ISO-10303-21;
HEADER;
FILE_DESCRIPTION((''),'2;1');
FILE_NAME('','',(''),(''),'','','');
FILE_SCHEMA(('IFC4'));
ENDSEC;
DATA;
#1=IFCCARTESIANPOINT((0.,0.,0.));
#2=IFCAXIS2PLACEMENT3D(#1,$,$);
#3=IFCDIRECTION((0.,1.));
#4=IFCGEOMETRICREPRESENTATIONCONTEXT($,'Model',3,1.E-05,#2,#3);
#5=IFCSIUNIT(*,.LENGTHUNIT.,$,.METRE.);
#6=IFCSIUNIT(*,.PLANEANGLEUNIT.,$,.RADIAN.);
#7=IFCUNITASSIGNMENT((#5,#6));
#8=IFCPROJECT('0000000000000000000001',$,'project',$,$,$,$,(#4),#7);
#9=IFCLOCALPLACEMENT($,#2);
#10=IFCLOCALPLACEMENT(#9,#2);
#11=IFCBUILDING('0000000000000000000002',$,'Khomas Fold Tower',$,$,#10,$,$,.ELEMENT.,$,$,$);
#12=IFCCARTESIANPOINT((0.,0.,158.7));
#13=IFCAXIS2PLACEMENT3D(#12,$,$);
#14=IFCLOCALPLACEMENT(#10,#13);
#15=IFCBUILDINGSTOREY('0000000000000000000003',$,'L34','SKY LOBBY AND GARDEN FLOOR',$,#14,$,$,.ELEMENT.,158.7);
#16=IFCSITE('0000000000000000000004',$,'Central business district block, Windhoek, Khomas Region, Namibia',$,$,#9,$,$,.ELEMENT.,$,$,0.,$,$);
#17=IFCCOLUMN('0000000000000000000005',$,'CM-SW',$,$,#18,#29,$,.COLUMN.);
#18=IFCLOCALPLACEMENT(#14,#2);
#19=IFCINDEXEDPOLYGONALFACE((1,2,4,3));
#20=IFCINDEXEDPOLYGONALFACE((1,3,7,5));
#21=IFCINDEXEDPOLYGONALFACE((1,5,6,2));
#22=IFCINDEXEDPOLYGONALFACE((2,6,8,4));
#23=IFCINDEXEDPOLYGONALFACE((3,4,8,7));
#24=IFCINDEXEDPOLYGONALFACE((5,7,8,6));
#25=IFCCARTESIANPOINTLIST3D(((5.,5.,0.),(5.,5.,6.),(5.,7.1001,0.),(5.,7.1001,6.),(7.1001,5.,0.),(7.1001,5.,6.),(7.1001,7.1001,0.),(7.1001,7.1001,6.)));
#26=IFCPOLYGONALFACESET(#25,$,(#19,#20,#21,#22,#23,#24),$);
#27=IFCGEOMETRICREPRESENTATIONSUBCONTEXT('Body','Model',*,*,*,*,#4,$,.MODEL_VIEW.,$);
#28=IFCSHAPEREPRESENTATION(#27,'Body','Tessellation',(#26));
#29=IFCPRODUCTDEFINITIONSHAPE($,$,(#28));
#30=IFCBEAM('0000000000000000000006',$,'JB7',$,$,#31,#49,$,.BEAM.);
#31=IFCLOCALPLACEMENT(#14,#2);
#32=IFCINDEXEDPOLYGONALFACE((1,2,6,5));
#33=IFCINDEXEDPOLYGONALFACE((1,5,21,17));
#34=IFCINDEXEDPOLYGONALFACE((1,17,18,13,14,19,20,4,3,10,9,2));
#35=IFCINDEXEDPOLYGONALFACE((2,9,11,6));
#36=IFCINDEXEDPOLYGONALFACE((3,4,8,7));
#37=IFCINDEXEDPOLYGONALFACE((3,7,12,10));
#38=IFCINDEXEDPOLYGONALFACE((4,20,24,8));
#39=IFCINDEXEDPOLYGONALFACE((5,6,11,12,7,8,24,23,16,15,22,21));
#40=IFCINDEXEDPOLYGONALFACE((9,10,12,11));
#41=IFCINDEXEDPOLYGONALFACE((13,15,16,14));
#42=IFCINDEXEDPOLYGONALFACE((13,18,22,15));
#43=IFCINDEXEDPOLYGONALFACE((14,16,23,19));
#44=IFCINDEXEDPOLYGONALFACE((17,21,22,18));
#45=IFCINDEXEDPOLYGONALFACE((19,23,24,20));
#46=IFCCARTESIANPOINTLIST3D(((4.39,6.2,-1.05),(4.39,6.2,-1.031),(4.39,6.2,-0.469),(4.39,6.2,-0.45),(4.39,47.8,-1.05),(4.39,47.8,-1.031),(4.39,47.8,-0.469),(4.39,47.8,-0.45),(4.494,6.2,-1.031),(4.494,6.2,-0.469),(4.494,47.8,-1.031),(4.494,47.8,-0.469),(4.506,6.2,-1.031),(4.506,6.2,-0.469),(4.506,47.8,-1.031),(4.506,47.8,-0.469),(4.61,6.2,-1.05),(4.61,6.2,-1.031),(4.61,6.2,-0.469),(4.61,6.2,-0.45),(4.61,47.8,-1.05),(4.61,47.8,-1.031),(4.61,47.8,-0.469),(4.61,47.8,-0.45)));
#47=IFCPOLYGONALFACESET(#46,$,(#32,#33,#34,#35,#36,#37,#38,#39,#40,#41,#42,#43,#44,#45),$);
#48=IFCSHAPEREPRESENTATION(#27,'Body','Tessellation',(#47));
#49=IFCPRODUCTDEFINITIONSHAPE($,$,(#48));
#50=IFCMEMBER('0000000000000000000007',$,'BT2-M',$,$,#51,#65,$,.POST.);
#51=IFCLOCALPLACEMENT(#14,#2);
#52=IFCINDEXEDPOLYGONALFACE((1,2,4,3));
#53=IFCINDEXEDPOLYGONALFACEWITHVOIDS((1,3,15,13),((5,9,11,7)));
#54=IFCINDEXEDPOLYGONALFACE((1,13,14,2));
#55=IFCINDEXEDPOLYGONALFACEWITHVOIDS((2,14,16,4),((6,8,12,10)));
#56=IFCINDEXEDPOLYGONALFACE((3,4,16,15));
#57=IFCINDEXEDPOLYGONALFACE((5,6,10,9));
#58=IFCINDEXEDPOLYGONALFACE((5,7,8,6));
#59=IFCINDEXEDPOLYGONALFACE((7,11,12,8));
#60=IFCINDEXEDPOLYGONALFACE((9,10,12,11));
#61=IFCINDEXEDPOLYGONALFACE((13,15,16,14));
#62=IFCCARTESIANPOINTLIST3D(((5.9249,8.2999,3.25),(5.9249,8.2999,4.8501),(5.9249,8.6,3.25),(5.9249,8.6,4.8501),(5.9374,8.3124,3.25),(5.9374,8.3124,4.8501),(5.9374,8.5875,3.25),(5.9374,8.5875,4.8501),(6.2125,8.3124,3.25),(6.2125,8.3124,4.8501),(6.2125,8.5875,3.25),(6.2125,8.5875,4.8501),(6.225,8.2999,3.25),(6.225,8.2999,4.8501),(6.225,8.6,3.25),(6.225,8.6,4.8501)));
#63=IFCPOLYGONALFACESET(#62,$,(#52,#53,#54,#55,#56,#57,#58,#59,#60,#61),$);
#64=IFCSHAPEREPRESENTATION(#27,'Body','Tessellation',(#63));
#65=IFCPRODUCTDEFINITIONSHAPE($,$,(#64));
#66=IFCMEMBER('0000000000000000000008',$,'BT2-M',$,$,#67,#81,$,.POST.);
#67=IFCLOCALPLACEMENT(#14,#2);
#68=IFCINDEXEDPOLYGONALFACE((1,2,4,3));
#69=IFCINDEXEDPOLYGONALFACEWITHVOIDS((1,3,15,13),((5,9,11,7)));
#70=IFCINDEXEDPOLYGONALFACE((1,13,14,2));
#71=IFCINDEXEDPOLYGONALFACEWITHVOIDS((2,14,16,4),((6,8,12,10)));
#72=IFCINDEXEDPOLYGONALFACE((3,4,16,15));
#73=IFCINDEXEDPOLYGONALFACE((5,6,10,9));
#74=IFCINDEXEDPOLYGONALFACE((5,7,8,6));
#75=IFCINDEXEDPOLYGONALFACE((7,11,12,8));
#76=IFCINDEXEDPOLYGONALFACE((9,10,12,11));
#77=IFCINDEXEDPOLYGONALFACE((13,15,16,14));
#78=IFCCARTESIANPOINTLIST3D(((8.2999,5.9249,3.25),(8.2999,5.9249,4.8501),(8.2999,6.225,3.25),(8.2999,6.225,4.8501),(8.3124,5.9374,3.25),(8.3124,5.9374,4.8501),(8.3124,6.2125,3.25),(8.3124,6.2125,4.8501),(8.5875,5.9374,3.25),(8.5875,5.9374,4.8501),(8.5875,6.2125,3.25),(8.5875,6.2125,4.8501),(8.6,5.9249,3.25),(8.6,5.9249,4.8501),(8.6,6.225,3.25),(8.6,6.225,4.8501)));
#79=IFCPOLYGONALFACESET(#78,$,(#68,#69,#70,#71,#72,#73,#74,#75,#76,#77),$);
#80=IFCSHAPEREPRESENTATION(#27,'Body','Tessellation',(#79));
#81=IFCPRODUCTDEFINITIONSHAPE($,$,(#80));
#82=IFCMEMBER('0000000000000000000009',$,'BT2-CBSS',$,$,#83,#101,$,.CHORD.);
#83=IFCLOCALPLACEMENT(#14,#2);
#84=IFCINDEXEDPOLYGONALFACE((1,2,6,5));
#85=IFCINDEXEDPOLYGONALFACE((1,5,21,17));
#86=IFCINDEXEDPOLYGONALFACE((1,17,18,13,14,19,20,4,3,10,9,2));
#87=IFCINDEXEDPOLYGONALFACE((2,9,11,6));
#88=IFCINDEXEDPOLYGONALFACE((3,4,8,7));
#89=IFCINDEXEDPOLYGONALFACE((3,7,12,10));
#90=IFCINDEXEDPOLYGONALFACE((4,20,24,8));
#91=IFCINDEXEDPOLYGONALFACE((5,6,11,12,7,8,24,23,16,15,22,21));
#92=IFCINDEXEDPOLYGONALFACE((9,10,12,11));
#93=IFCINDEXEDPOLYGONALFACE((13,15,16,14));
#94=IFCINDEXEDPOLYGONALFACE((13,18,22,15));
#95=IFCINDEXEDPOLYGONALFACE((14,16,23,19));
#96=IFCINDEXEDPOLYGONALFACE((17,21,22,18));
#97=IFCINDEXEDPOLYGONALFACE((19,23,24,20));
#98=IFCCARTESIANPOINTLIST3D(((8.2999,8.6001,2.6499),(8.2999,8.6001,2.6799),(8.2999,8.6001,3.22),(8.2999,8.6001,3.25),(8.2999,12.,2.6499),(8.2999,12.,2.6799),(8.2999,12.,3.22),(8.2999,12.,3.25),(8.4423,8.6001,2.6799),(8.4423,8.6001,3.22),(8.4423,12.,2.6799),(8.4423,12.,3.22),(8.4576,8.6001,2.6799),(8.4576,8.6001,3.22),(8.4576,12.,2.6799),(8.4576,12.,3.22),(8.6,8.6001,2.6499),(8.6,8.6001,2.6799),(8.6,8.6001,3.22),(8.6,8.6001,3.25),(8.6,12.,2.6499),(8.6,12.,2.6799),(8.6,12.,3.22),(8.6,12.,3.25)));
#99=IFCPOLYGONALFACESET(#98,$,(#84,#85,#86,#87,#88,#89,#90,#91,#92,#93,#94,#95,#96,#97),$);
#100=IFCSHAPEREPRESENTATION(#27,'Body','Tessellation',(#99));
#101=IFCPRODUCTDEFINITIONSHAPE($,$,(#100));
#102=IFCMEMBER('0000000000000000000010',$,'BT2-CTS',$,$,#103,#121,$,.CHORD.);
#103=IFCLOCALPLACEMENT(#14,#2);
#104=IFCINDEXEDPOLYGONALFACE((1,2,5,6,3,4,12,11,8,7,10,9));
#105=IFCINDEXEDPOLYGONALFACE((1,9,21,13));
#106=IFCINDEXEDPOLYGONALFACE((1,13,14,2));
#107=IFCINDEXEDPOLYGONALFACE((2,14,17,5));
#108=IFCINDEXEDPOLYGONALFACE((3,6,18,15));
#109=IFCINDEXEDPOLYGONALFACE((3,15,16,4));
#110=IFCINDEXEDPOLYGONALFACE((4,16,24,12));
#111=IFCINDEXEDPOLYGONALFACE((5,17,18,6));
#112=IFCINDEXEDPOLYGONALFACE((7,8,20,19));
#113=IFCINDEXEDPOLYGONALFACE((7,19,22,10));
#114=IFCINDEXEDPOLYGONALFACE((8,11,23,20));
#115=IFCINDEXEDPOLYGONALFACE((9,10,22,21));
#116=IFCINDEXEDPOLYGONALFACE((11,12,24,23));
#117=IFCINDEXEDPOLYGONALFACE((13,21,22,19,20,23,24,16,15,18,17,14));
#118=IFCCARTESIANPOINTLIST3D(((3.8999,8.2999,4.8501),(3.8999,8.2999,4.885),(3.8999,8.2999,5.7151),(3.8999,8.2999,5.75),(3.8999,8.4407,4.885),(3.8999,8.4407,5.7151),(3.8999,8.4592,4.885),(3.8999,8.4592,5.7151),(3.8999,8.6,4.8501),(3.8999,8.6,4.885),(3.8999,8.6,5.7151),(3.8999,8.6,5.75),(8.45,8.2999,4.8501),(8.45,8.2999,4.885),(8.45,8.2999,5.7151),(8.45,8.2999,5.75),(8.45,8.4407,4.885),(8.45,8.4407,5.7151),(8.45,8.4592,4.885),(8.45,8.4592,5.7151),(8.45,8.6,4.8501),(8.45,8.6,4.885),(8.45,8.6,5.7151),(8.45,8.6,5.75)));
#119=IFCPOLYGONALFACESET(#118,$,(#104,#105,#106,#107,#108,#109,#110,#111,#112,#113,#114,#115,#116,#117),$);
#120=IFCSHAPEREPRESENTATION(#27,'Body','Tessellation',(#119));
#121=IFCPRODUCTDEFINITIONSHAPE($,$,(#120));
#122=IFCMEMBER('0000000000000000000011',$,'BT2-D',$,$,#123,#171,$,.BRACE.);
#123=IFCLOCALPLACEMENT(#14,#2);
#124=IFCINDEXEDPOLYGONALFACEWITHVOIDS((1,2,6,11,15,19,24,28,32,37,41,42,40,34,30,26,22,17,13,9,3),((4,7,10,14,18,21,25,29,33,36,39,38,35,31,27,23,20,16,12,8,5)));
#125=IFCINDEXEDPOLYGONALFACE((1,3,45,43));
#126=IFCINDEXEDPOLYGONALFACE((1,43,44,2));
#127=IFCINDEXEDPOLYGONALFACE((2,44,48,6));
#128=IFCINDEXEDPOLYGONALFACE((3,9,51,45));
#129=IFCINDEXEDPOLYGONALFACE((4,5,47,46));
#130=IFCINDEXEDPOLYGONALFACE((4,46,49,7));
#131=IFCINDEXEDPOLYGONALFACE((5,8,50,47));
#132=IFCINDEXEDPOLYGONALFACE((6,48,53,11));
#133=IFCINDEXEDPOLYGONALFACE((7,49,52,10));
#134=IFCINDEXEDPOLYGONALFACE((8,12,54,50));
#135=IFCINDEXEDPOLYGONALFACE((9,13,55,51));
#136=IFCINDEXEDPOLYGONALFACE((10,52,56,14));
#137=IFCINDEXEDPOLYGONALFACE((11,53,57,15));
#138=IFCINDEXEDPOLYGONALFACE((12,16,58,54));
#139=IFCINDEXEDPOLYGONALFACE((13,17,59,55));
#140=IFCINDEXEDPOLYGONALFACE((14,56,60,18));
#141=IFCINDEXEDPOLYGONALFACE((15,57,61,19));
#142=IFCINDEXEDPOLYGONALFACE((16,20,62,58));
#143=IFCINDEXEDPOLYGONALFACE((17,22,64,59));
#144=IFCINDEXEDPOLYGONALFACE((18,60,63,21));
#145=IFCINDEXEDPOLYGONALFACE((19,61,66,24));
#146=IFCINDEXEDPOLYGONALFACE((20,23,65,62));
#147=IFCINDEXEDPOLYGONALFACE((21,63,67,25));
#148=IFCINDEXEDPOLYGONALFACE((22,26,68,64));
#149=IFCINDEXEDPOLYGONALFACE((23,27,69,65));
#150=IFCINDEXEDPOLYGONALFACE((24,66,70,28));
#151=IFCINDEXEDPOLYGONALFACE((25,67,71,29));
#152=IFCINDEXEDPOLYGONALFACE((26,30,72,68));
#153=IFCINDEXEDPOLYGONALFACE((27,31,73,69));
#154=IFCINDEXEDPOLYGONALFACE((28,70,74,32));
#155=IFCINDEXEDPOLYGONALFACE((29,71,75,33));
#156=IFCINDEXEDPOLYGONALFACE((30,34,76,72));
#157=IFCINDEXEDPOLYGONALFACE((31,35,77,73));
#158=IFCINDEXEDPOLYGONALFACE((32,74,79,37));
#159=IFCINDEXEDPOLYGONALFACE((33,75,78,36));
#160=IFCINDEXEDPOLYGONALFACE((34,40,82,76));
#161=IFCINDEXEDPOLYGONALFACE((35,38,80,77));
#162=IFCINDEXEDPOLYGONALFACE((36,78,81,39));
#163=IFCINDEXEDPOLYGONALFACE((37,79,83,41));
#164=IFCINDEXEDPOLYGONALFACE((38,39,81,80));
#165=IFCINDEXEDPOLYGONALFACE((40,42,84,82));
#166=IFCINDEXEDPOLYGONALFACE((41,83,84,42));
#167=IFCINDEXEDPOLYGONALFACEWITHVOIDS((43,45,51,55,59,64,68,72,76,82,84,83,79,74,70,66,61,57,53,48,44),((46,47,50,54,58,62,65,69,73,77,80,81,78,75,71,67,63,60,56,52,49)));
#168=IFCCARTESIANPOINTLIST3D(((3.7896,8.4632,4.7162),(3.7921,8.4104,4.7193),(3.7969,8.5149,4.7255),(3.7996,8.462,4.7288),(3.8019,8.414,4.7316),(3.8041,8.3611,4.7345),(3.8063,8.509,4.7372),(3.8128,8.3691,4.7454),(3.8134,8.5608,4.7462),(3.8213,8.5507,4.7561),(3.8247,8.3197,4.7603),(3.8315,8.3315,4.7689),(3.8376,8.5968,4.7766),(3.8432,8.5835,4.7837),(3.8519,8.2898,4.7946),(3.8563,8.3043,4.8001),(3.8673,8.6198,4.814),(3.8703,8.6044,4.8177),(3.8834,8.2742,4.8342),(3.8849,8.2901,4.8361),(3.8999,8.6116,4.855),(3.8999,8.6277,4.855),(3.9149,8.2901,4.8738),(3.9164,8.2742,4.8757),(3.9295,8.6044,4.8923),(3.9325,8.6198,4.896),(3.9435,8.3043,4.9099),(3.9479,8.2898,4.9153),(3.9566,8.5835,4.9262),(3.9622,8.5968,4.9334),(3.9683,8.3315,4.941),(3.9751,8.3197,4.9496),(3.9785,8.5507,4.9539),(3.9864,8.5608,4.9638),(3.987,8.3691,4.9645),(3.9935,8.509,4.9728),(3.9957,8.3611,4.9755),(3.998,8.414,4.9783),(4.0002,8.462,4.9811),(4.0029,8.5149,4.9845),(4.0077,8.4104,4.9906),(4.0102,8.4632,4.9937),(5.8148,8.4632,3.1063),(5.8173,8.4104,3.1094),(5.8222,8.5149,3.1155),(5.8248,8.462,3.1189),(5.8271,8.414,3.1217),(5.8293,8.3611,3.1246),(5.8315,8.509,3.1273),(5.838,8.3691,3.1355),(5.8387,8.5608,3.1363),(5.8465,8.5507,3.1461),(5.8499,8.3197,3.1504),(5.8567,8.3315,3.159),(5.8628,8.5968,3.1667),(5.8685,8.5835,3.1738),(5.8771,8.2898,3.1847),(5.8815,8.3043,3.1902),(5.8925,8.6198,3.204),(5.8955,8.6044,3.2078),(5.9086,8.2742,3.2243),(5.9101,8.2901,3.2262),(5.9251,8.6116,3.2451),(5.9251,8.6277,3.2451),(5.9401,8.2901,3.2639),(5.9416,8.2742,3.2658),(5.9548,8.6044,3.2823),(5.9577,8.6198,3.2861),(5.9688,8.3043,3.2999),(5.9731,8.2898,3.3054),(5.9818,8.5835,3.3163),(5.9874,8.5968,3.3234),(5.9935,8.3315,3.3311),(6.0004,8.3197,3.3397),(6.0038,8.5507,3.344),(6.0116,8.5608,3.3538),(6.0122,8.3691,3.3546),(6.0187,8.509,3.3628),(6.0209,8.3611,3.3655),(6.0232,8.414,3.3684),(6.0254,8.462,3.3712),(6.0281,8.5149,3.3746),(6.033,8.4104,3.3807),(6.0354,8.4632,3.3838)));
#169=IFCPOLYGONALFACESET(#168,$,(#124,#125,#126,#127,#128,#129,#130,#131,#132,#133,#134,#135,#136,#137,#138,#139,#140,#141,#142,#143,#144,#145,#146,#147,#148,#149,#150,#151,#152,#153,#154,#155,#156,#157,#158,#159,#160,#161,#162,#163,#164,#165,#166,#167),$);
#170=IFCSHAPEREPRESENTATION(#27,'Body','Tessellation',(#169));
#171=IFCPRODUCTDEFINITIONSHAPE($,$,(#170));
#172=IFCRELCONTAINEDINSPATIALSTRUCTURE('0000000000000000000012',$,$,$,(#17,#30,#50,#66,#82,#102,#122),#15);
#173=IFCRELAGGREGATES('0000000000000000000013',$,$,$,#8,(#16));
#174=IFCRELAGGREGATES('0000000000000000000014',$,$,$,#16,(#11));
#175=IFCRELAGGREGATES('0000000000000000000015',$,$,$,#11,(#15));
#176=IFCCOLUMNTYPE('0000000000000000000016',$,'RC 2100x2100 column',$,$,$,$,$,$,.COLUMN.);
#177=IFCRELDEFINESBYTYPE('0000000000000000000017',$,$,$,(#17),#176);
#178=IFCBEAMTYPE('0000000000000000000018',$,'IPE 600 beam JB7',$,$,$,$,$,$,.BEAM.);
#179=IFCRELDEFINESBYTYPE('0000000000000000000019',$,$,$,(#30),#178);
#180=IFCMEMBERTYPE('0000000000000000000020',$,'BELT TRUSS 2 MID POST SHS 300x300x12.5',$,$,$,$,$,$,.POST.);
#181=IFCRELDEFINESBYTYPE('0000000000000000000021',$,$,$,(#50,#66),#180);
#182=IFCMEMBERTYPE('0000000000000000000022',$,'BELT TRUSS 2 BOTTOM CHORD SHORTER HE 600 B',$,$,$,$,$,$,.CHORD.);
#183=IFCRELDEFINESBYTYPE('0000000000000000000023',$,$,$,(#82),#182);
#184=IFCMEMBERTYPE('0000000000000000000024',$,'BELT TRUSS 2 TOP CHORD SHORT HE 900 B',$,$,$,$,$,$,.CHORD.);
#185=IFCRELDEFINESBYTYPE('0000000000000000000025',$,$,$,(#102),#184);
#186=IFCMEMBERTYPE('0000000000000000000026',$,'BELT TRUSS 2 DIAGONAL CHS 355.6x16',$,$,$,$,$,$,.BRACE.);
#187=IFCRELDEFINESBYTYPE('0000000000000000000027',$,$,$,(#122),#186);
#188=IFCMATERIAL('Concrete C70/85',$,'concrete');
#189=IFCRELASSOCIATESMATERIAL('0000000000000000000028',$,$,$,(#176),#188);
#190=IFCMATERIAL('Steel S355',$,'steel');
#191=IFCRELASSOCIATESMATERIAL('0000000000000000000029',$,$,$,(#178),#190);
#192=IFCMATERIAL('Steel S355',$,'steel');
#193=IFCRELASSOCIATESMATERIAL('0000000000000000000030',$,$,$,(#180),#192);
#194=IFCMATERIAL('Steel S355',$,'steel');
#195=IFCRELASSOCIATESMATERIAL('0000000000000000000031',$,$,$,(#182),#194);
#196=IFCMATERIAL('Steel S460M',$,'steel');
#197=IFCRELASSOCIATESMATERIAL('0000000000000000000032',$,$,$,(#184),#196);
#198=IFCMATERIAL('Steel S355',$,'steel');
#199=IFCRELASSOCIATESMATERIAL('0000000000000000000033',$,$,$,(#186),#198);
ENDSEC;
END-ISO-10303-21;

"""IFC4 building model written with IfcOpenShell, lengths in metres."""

from ifc_helpers import new_model, si_unit, direction, frame, origin, origin_2d, place, context, subcontext, project, spatial, rectangle, hollow_rectangle, hollow_circle, i_section, extrude, source, transform, mapped, material, material_profile, profile_set, type_object, element, save


model = new_model("IFC4")

# Units and contexts
model_context = context("Model", 3, precision=1e-05, world=origin(), true_north=direction((0.0, 1.0)))
body_context = subcontext(model_context, "Body", "Model", "MODEL_VIEW")
ifc_project = project(units=[si_unit("LENGTHUNIT", "METRE"), si_unit("PLANEANGLEUNIT", "RADIAN")], contexts=[model_context])

# Site, building, storey
site_placement = place(None, origin())
site = spatial("IfcSite", under=ifc_project, at=site_placement, Name="Central business district block, Windhoek, Khomas Region, Namibia", CompositionType="ELEMENT", RefElevation=0.0)
building_placement = place(site_placement, origin())
building = spatial("IfcBuilding", under=site, at=building_placement, Name="Khomas Fold Tower", CompositionType="ELEMENT")
storey_placement = place(building_placement, frame((0.0, 0.0, 158.7)))
storey = spatial("IfcBuildingStorey", under=building, at=storey_placement, Name="L34", Description="SKY LOBBY AND GARDEN FLOOR", CompositionType="ELEMENT", Elevation=158.7)

# Column
ifc_material_1 = material(Name="Concrete C70/85", Category="concrete")
ifc_material_profile_1 = material_profile(ifc_material_1, rectangle(XDim=2.1001, YDim=2.1001, at=origin_2d()), Name="RC 2100x2100")
ifc_profile_set_1 = profile_set([ifc_material_profile_1], Name="Concrete C70/85")
column_type = type_object("IfcColumnType", Name="RC 2100x2100 column", PredefinedType="COLUMN", material=ifc_profile_set_1)
shared_shape_1 = source(origin(), body_context, "Body", "SweptSolid", [
    extrude(rectangle(XDim=2.1001, YDim=2.1001, at=origin_2d()), origin(), (0.0, 0.0, 1.0), 6.0),
])
column_placement = place(storey_placement, frame((6.05, 6.05, 0.0), z_axis=(0.0, 0.0, 1.0), x_axis=(1.0, 0.0, 0.0)))
element("IfcColumn", 1, at=column_placement, inside=storey, type_object=column_type, Name="CM-SW", PredefinedType="COLUMN", context=body_context, shape_type="MappedRepresentation", body=[
    mapped(shared_shape_1, transform((0.0, 0.0, 0.0))),
])

# Beam
ifc_material_2 = material(Name="Steel S355", Category="steel")
ifc_material_profile_2 = material_profile(ifc_material_2, i_section(OverallWidth=0.22, OverallDepth=0.6001, WebThickness=0.012, FlangeThickness=0.019, at=origin_2d()), Name="IPE 600")
ifc_profile_set_2 = profile_set([ifc_material_profile_2], Name="Steel S355")
beam_type = type_object("IfcBeamType", Name="IPE 600 beam JB7", PredefinedType="BEAM", material=ifc_profile_set_2)
shared_shape_2 = source(origin(), body_context, "Body", "SweptSolid", [
    extrude(i_section(OverallWidth=0.22, OverallDepth=0.6001, WebThickness=0.012, FlangeThickness=0.019, at=origin_2d()), origin(), (0.0, 0.0, 1.0), 41.6001),
])
beam_placement = place(storey_placement, frame((4.5, 6.2, -0.75), z_axis=(0.0, 1.0, 0.0), x_axis=(-1.0, 0.0, 0.0)))
element("IfcBeam", 2, at=beam_placement, inside=storey, type_object=beam_type, Name="JB7", PredefinedType="BEAM", context=body_context, shape_type="MappedRepresentation", body=[
    mapped(shared_shape_2, transform((0.0, 0.0, 0.0))),
])

# Members
ifc_material_3 = material(Name="Steel S355", Category="steel")
ifc_material_profile_3 = material_profile(ifc_material_3, hollow_rectangle(XDim=0.3, YDim=0.3, WallThickness=0.0125, at=origin_2d()), Name="SHS 300x300x12.5")
ifc_profile_set_3 = profile_set([ifc_material_profile_3], Name="Steel S355")
member_type_1 = type_object("IfcMemberType", Name="BELT TRUSS 2 MID POST SHS 300x300x12.5", PredefinedType="POST", material=ifc_profile_set_3)
shared_shape_3 = source(origin(), body_context, "Body", "SweptSolid", [
    extrude(hollow_rectangle(XDim=0.3, YDim=0.3, WallThickness=0.0125, at=origin_2d()), origin(), (0.0, 0.0, 1.0), 1.6001),
])
for number, where, z_axis, x_axis, name in (
    (3, (6.075, 8.45, 3.25), (0.0, 0.0, 1.0), (1.0, 0.0, 0.0), "BT2-M"),
    (4, (8.45, 6.075, 3.25), (0.0, 0.0, 1.0), (1.0, 0.0, 0.0), "BT2-M"),
):
    element("IfcMember", number, at=place(storey_placement, frame(where, z_axis=z_axis, x_axis=x_axis)), inside=storey, type_object=member_type_1, Name=name, PredefinedType="POST", context=body_context, shape_type="MappedRepresentation", body=[
        mapped(shared_shape_3, transform((0.0, 0.0, 0.0))),
    ])
ifc_material_4 = material(Name="Steel S355", Category="steel")
ifc_material_profile_4 = material_profile(ifc_material_4, i_section(OverallWidth=0.3, OverallDepth=0.6001, WebThickness=0.0154, FlangeThickness=0.03, at=origin_2d()), Name="HE 600 B")
ifc_profile_set_4 = profile_set([ifc_material_profile_4], Name="Steel S355")
member_type_2 = type_object("IfcMemberType", Name="BELT TRUSS 2 BOTTOM CHORD SHORTER HE 600 B", PredefinedType="CHORD", material=ifc_profile_set_4)
shared_shape_4 = source(origin(), body_context, "Body", "SweptSolid", [
    extrude(i_section(OverallWidth=0.3, OverallDepth=0.6001, WebThickness=0.0154, FlangeThickness=0.03, at=origin_2d()), origin(), (0.0, 0.0, 1.0), 3.3999),
])
member_1_placement = place(storey_placement, frame((8.45, 8.6001, 2.95), z_axis=(0.0, 1.0, 0.0), x_axis=(-1.0, 0.0, 0.0)))
element("IfcMember", 5, at=member_1_placement, inside=storey, type_object=member_type_2, Name="BT2-CBSS", PredefinedType="CHORD", context=body_context, shape_type="MappedRepresentation", body=[
    mapped(shared_shape_4, transform((0.0, 0.0, 0.0))),
])
ifc_material_5 = material(Name="Steel S460M", Category="steel")
ifc_material_profile_5 = material_profile(ifc_material_5, i_section(OverallWidth=0.3, OverallDepth=0.8999, WebThickness=0.0186, FlangeThickness=0.0349, at=origin_2d()), Name="HE 900 B")
ifc_profile_set_5 = profile_set([ifc_material_profile_5], Name="Steel S460M")
member_type_3 = type_object("IfcMemberType", Name="BELT TRUSS 2 TOP CHORD SHORT HE 900 B", PredefinedType="CHORD", material=ifc_profile_set_5)
shared_shape_5 = source(origin(), body_context, "Body", "SweptSolid", [
    extrude(i_section(OverallWidth=0.3, OverallDepth=0.8999, WebThickness=0.0186, FlangeThickness=0.0349, at=origin_2d()), origin(), (0.0, 0.0, 1.0), 4.55),
])
member_2_placement = place(storey_placement, frame((3.8999, 8.45, 5.3), z_axis=(1.0, 0.0, 0.0), x_axis=(0.0, 1.0, 0.0)))
element("IfcMember", 6, at=member_2_placement, inside=storey, type_object=member_type_3, Name="BT2-CTS", PredefinedType="CHORD", context=body_context, shape_type="MappedRepresentation", body=[
    mapped(shared_shape_5, transform((0.0, 0.0, 0.0))),
])
ifc_material_6 = material(Name="Steel S355", Category="steel")
ifc_material_profile_6 = material_profile(ifc_material_6, hollow_circle(Radius=0.1777, WallThickness=0.0161, at=origin_2d()), Name="CHS 355.6x16")
ifc_profile_set_6 = profile_set([ifc_material_profile_6], Name="Steel S355")
member_type_4 = type_object("IfcMemberType", Name="BELT TRUSS 2 DIAGONAL CHS 355.6x16", PredefinedType="BRACE", material=ifc_profile_set_6)
shared_shape_6 = source(origin(), body_context, "Body", "SweptSolid", [
    extrude(hollow_circle(Radius=0.1777, WallThickness=0.0161, at=origin_2d()), origin(), (0.0, 0.0, 1.0), 2.5872),
])
member_3_placement = place(storey_placement, frame((3.8999, 8.45, 4.855), z_axis=(0.782799, 0.0, -0.622275), x_axis=(0.0, 1.0, 0.0)))
element("IfcMember", 7, at=member_3_placement, inside=storey, type_object=member_type_4, Name="BT2-D", PredefinedType="BRACE", context=body_context, shape_type="MappedRepresentation", body=[
    mapped(shared_shape_6, transform((0.0, 0.0, 0.0))),
])

save(model, "model.ifc")
